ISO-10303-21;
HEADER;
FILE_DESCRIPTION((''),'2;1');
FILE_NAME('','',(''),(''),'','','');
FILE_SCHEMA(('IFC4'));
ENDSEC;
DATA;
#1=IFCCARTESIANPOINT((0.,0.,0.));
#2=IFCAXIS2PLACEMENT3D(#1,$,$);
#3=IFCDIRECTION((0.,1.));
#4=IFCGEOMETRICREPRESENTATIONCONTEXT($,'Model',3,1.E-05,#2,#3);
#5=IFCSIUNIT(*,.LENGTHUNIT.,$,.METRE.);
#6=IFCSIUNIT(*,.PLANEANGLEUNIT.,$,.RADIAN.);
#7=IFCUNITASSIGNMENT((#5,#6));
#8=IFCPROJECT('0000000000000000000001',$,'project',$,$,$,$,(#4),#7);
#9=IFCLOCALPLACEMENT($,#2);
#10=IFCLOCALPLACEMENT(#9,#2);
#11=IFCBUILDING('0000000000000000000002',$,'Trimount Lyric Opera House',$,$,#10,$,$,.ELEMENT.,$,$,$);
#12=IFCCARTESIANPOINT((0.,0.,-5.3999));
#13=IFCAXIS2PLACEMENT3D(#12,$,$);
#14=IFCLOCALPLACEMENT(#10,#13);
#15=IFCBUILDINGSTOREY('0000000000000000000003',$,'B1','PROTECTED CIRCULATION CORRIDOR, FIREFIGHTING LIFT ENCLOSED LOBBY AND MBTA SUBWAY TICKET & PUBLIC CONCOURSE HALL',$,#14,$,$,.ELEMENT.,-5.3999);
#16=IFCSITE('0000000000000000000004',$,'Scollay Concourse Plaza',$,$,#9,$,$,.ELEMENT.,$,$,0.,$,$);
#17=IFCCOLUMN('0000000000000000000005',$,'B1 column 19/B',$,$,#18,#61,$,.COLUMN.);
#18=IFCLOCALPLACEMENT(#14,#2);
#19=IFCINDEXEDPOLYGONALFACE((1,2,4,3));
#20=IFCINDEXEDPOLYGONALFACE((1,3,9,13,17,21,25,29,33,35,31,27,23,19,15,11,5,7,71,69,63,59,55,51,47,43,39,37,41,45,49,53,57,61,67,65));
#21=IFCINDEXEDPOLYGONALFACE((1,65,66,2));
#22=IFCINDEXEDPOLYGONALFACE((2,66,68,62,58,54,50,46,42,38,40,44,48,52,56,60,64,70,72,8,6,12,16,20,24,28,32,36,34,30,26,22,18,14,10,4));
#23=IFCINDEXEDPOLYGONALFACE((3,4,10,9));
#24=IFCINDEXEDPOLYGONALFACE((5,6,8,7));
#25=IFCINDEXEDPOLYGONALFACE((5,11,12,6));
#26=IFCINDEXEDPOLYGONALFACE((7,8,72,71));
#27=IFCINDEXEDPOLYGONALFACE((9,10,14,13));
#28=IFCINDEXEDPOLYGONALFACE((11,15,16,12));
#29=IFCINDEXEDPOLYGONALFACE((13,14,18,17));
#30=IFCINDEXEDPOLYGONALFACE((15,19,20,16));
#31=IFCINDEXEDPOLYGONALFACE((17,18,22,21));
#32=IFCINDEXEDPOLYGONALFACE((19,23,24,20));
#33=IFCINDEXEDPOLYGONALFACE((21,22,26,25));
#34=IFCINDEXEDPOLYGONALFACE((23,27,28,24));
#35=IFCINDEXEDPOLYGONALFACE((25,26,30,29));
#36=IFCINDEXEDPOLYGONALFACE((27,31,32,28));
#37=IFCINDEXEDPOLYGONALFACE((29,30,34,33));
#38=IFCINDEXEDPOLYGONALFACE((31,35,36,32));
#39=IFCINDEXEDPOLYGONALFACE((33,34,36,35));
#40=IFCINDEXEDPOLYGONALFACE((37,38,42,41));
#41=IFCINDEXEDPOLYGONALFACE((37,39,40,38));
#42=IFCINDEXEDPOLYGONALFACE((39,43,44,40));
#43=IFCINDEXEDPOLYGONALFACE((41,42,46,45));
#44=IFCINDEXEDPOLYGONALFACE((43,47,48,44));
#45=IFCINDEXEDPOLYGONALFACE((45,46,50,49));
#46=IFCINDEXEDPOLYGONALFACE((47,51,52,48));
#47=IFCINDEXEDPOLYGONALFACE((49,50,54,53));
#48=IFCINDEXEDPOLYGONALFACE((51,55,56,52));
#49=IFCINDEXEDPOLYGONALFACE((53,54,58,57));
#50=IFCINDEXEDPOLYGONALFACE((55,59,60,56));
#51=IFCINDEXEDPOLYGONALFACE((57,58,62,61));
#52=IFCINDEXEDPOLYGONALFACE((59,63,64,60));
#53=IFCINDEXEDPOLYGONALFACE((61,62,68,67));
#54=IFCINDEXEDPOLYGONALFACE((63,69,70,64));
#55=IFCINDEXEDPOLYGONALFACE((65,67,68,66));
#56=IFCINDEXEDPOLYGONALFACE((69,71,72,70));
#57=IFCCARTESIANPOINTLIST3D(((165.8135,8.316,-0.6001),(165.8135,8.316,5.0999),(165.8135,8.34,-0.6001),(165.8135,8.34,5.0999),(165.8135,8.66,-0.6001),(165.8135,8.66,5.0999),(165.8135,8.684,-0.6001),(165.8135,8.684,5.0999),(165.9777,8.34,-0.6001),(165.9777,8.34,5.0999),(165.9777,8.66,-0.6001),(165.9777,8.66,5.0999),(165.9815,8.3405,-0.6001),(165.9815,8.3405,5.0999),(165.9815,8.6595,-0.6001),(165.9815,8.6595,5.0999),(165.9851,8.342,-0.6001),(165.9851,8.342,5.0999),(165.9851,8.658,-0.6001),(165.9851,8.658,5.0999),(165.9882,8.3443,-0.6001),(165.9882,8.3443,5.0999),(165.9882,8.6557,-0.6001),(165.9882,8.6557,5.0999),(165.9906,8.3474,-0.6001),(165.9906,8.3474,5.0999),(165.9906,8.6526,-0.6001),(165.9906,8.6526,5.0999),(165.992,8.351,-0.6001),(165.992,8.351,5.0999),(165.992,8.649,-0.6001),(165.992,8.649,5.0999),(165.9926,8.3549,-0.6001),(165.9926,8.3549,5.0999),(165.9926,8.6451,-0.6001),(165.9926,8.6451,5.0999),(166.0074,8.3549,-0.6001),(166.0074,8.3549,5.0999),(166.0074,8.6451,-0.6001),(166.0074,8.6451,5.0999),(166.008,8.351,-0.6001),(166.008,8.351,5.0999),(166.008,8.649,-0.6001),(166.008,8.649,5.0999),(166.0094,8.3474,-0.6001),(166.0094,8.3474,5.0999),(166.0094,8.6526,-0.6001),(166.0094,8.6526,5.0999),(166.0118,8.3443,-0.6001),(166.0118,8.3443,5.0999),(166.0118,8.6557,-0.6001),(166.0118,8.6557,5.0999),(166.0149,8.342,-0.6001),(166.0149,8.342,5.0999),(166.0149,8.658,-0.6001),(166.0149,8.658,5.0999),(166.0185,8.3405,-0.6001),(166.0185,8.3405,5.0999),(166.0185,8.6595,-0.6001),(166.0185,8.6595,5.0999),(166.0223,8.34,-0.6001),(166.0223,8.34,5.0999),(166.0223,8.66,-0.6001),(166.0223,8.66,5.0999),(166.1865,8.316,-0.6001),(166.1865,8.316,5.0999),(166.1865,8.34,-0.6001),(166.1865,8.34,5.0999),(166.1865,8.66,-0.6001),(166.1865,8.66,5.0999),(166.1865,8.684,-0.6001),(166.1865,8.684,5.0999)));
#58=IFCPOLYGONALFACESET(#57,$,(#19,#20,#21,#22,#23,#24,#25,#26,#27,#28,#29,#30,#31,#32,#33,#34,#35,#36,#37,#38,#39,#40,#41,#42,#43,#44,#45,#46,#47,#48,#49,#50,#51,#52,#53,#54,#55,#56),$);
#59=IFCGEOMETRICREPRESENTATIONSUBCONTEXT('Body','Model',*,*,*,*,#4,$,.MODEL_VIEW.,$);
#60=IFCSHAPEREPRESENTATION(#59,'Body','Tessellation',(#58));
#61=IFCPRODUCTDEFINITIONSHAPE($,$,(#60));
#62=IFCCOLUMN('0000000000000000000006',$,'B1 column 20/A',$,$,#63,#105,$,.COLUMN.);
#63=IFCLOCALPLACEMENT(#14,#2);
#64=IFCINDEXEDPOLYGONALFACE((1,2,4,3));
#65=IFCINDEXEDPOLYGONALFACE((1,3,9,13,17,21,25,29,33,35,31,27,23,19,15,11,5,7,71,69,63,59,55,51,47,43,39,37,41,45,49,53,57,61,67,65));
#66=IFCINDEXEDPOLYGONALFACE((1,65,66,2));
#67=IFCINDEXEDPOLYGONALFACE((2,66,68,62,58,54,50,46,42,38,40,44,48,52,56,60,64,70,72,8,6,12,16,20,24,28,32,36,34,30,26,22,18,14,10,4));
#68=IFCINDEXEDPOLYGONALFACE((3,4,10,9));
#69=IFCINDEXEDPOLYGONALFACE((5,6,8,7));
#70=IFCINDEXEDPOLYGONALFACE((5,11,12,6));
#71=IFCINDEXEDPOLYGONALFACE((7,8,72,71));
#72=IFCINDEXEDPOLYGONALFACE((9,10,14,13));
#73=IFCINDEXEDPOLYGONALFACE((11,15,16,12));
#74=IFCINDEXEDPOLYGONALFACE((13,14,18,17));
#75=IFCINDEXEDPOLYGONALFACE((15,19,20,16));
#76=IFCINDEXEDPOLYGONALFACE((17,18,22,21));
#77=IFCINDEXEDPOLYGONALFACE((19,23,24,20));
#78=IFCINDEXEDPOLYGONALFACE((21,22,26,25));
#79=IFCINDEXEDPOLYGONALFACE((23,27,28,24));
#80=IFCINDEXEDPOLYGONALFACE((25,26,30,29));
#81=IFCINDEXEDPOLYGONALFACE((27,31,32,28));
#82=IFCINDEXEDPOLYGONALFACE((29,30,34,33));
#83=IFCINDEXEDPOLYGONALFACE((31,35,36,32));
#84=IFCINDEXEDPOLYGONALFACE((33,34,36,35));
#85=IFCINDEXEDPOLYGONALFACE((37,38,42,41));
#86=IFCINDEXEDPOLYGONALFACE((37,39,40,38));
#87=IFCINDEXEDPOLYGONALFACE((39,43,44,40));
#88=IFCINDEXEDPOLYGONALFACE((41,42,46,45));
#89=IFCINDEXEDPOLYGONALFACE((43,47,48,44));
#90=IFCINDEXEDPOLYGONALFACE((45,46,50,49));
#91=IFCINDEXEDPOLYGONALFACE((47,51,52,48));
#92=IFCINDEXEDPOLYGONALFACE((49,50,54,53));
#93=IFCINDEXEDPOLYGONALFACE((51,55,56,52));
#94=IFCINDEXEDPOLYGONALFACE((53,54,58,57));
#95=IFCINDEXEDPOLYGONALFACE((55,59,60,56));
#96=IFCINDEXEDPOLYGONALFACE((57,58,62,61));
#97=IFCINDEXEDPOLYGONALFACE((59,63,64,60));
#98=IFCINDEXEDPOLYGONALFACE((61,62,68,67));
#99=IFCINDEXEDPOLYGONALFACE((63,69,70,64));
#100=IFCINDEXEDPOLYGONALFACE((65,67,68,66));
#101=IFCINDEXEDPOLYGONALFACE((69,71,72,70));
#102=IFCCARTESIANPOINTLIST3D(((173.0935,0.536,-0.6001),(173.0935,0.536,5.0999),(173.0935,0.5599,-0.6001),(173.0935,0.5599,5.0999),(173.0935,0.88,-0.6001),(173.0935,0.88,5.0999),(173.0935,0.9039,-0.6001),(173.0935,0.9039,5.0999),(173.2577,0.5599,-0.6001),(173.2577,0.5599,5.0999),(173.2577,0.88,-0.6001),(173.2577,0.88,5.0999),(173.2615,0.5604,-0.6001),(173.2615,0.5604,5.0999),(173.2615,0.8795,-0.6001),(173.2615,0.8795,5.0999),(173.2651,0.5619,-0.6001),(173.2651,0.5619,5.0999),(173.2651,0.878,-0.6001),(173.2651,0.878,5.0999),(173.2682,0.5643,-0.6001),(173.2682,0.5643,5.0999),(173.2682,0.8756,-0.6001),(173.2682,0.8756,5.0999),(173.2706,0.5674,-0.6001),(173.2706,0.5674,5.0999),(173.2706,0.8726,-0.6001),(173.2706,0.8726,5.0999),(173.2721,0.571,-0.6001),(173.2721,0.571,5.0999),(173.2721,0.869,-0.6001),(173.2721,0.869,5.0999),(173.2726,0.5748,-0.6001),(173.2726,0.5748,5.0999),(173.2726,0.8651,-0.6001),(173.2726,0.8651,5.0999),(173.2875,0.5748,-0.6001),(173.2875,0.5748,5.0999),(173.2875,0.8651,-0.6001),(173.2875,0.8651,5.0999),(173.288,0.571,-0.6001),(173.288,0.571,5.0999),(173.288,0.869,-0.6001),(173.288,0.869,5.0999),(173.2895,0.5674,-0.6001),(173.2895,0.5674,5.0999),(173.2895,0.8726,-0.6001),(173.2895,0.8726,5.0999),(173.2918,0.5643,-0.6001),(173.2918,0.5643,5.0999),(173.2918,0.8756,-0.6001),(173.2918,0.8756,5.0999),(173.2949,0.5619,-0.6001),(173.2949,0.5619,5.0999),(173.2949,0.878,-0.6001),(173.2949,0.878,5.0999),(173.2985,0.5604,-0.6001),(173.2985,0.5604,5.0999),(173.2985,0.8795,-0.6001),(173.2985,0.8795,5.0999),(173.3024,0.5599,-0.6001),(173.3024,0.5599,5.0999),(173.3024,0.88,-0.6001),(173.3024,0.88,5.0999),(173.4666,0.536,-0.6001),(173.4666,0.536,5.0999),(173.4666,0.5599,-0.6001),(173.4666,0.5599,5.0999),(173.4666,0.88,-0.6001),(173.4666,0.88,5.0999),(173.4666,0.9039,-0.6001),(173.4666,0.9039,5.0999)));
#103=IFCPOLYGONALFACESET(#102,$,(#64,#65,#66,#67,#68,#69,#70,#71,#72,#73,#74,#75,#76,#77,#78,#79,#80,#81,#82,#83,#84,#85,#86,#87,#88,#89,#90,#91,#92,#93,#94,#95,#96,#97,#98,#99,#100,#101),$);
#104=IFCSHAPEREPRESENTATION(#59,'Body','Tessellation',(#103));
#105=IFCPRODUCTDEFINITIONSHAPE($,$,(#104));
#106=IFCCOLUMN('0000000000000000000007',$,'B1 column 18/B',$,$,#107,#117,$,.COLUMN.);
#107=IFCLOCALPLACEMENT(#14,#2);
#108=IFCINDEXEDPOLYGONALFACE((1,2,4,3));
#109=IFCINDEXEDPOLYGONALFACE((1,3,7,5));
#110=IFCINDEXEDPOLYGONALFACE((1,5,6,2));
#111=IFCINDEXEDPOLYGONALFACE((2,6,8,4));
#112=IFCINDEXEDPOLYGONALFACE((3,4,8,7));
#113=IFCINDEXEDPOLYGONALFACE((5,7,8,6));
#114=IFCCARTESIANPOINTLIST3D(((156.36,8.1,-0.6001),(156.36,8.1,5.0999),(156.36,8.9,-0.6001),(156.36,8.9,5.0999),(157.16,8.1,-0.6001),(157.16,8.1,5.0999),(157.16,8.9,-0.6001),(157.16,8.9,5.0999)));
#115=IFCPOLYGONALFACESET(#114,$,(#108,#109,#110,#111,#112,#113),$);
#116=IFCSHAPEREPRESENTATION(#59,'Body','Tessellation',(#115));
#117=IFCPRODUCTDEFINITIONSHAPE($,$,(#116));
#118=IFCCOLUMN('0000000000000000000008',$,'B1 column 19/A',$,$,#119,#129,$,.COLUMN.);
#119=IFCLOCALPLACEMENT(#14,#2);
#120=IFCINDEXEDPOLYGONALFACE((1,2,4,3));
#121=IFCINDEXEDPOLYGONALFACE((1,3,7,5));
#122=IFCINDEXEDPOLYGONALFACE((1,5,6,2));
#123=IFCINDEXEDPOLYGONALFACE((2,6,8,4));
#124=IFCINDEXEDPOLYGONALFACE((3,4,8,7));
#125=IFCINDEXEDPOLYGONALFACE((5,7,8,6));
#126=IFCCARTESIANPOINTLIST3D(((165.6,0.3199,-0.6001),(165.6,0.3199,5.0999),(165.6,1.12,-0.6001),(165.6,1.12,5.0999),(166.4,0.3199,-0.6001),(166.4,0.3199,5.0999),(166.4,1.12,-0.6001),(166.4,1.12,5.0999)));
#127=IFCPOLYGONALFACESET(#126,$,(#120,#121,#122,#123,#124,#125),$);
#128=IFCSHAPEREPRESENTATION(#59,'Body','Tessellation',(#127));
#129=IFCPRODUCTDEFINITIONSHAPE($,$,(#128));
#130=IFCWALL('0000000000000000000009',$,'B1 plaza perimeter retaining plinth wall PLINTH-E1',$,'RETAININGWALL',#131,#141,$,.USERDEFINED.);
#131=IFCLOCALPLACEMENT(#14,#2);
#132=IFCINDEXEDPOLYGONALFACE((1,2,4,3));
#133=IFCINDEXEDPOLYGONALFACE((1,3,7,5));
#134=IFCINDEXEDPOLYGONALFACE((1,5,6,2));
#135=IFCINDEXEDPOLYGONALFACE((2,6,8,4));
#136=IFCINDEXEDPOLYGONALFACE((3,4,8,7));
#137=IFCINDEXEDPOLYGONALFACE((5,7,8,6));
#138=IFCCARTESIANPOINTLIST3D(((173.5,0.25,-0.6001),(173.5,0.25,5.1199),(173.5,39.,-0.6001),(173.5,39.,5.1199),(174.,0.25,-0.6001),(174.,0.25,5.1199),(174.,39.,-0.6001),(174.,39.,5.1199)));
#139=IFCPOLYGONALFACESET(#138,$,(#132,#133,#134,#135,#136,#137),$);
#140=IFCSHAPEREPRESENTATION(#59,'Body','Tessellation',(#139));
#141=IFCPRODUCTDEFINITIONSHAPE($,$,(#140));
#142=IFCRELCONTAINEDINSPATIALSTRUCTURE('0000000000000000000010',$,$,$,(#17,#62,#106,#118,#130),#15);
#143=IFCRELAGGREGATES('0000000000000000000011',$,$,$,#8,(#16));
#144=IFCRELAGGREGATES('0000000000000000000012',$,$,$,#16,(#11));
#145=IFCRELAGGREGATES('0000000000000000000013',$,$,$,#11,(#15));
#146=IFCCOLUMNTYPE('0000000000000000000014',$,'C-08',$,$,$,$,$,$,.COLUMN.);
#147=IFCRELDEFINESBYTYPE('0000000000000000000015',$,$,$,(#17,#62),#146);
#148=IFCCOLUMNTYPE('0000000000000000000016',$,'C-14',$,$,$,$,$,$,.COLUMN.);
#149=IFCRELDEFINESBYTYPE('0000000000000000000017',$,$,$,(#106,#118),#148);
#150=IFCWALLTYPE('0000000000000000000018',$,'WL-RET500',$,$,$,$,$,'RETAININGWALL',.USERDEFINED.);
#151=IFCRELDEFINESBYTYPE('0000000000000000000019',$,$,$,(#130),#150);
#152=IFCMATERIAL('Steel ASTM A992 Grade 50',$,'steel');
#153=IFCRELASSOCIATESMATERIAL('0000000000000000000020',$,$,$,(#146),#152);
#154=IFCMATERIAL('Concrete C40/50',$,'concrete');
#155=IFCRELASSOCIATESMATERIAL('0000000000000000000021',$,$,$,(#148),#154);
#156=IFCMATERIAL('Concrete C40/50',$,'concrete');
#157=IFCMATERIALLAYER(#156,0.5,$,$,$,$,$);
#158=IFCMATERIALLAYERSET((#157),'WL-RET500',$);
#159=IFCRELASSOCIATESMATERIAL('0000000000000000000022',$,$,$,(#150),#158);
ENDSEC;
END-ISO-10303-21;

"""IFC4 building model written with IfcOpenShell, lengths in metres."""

from ifc_helpers import new_model, si_unit, direction, frame, frame_2d, origin, origin_2d, place, context, subcontext, project, spatial, rectangle, i_section, extrude, material, layer, layer_set, material_profile, profile_set, type_object, element, save


model = new_model("IFC4")

# Units and contexts
model_context = context("Model", 3, precision=1e-05, world=origin(), true_north=direction((0.0, 1.0)))
body_context = subcontext(model_context, "Body", "Model", "MODEL_VIEW")
ifc_project = project(units=[si_unit("LENGTHUNIT", "METRE"), si_unit("PLANEANGLEUNIT", "RADIAN")], contexts=[model_context])

# Site, building, storey
site_placement = place(None, origin())
site = spatial("IfcSite", under=ifc_project, at=site_placement, Name="Scollay Concourse Plaza", CompositionType="ELEMENT", RefElevation=0.0)
building_placement = place(site_placement, origin())
building = spatial("IfcBuilding", under=site, at=building_placement, Name="Trimount Lyric Opera House", CompositionType="ELEMENT")
storey_placement = place(building_placement, frame((0.0, 0.0, -5.3999)))
storey = spatial("IfcBuildingStorey", under=building, at=storey_placement, Name="B1", Description="PROTECTED CIRCULATION CORRIDOR, FIREFIGHTING LIFT ENCLOSED LOBBY AND MBTA SUBWAY TICKET & PUBLIC CONCOURSE HALL", CompositionType="ELEMENT", Elevation=-5.3999)

# Columns
ifc_material_1 = material(Name="Steel ASTM A992 Grade 50", Category="steel")
ifc_material_profile_1 = material_profile(ifc_material_1, i_section(OverallWidth=0.373, OverallDepth=0.3679, WebThickness=0.0149, FlangeThickness=0.0239, FilletRadius=0.0149, at=origin_2d()), Name="W14X120")
ifc_profile_set_1 = profile_set([ifc_material_profile_1], Name="Steel ASTM A992 Grade 50")
column_type_1 = type_object("IfcColumnType", Name="C-08", PredefinedType="COLUMN", material=ifc_profile_set_1)
for number, where, z_axis, x_axis, name in (
    (1, (166.0, 8.5, -0.6001), (0.0, 0.0, 1.0), (1.0, 0.0, 0.0), "B1 column 19/B"),
    (2, (173.28, 0.72, -0.6001), (0.0, 0.0, 1.0), (1.0, 0.0, 0.0), "B1 column 20/A"),
):
    element("IfcColumn", number, at=place(storey_placement, frame(where, z_axis=z_axis, x_axis=x_axis)), inside=storey, type_object=column_type_1, Name=name, PredefinedType="COLUMN", context=body_context, shape_type="SweptSolid", body=[
        extrude(i_section(OverallWidth=0.373, OverallDepth=0.3679, WebThickness=0.0149, FlangeThickness=0.0239, FilletRadius=0.0149, at=origin_2d()), origin(), (0.0, 0.0, 1.0), 5.7),
    ])
ifc_material_2 = material(Name="Concrete C40/50", Category="concrete")
ifc_material_profile_2 = material_profile(ifc_material_2, rectangle(XDim=0.8, YDim=0.8, at=origin_2d()), Name="RC800X800")
ifc_profile_set_2 = profile_set([ifc_material_profile_2], Name="Concrete C40/50")
column_type_2 = type_object("IfcColumnType", Name="C-14", PredefinedType="COLUMN", material=ifc_profile_set_2)
for number, where, z_axis, x_axis, name in (
    (3, (156.76, 8.5, -0.6001), (0.0, 0.0, 1.0), (1.0, 0.0, 0.0), "B1 column 18/B"),
    (4, (166.0, 0.72, -0.6001), (0.0, 0.0, 1.0), (1.0, 0.0, 0.0), "B1 column 19/A"),
):
    element("IfcColumn", number, at=place(storey_placement, frame(where, z_axis=z_axis, x_axis=x_axis)), inside=storey, type_object=column_type_2, Name=name, PredefinedType="COLUMN", context=body_context, shape_type="SweptSolid", body=[
        extrude(rectangle(XDim=0.8, YDim=0.8, at=origin_2d()), origin(), (0.0, 0.0, 1.0), 5.7),
    ])

# Wall
ifc_material_3 = material(Name="Concrete C40/50", Category="concrete")
ifc_layer = layer(ifc_material_3, 0.5)
ifc_layer_set = layer_set([ifc_layer], Name="WL-RET500")
wall_type = type_object("IfcWallType", Name="WL-RET500", ElementType="RETAININGWALL", PredefinedType="USERDEFINED", material=ifc_layer_set)
wall_placement = place(storey_placement, frame((173.75, 0.25, -0.6001), z_axis=(0.0, 0.0, 1.0), x_axis=(0.0, 1.0, 0.0)))
element("IfcWall", 5, at=wall_placement, inside=storey, type_object=wall_type, Name="B1 plaza perimeter retaining plinth wall PLINTH-E1", ObjectType="RETAININGWALL", PredefinedType="USERDEFINED", context=body_context, shape_type="SweptSolid", body=[
    extrude(rectangle(XDim=38.75, YDim=0.5, at=frame_2d((19.375, 0.0))), origin(), (0.0, 0.0, 1.0), 5.72),
])

save(model, "model.ifc")
